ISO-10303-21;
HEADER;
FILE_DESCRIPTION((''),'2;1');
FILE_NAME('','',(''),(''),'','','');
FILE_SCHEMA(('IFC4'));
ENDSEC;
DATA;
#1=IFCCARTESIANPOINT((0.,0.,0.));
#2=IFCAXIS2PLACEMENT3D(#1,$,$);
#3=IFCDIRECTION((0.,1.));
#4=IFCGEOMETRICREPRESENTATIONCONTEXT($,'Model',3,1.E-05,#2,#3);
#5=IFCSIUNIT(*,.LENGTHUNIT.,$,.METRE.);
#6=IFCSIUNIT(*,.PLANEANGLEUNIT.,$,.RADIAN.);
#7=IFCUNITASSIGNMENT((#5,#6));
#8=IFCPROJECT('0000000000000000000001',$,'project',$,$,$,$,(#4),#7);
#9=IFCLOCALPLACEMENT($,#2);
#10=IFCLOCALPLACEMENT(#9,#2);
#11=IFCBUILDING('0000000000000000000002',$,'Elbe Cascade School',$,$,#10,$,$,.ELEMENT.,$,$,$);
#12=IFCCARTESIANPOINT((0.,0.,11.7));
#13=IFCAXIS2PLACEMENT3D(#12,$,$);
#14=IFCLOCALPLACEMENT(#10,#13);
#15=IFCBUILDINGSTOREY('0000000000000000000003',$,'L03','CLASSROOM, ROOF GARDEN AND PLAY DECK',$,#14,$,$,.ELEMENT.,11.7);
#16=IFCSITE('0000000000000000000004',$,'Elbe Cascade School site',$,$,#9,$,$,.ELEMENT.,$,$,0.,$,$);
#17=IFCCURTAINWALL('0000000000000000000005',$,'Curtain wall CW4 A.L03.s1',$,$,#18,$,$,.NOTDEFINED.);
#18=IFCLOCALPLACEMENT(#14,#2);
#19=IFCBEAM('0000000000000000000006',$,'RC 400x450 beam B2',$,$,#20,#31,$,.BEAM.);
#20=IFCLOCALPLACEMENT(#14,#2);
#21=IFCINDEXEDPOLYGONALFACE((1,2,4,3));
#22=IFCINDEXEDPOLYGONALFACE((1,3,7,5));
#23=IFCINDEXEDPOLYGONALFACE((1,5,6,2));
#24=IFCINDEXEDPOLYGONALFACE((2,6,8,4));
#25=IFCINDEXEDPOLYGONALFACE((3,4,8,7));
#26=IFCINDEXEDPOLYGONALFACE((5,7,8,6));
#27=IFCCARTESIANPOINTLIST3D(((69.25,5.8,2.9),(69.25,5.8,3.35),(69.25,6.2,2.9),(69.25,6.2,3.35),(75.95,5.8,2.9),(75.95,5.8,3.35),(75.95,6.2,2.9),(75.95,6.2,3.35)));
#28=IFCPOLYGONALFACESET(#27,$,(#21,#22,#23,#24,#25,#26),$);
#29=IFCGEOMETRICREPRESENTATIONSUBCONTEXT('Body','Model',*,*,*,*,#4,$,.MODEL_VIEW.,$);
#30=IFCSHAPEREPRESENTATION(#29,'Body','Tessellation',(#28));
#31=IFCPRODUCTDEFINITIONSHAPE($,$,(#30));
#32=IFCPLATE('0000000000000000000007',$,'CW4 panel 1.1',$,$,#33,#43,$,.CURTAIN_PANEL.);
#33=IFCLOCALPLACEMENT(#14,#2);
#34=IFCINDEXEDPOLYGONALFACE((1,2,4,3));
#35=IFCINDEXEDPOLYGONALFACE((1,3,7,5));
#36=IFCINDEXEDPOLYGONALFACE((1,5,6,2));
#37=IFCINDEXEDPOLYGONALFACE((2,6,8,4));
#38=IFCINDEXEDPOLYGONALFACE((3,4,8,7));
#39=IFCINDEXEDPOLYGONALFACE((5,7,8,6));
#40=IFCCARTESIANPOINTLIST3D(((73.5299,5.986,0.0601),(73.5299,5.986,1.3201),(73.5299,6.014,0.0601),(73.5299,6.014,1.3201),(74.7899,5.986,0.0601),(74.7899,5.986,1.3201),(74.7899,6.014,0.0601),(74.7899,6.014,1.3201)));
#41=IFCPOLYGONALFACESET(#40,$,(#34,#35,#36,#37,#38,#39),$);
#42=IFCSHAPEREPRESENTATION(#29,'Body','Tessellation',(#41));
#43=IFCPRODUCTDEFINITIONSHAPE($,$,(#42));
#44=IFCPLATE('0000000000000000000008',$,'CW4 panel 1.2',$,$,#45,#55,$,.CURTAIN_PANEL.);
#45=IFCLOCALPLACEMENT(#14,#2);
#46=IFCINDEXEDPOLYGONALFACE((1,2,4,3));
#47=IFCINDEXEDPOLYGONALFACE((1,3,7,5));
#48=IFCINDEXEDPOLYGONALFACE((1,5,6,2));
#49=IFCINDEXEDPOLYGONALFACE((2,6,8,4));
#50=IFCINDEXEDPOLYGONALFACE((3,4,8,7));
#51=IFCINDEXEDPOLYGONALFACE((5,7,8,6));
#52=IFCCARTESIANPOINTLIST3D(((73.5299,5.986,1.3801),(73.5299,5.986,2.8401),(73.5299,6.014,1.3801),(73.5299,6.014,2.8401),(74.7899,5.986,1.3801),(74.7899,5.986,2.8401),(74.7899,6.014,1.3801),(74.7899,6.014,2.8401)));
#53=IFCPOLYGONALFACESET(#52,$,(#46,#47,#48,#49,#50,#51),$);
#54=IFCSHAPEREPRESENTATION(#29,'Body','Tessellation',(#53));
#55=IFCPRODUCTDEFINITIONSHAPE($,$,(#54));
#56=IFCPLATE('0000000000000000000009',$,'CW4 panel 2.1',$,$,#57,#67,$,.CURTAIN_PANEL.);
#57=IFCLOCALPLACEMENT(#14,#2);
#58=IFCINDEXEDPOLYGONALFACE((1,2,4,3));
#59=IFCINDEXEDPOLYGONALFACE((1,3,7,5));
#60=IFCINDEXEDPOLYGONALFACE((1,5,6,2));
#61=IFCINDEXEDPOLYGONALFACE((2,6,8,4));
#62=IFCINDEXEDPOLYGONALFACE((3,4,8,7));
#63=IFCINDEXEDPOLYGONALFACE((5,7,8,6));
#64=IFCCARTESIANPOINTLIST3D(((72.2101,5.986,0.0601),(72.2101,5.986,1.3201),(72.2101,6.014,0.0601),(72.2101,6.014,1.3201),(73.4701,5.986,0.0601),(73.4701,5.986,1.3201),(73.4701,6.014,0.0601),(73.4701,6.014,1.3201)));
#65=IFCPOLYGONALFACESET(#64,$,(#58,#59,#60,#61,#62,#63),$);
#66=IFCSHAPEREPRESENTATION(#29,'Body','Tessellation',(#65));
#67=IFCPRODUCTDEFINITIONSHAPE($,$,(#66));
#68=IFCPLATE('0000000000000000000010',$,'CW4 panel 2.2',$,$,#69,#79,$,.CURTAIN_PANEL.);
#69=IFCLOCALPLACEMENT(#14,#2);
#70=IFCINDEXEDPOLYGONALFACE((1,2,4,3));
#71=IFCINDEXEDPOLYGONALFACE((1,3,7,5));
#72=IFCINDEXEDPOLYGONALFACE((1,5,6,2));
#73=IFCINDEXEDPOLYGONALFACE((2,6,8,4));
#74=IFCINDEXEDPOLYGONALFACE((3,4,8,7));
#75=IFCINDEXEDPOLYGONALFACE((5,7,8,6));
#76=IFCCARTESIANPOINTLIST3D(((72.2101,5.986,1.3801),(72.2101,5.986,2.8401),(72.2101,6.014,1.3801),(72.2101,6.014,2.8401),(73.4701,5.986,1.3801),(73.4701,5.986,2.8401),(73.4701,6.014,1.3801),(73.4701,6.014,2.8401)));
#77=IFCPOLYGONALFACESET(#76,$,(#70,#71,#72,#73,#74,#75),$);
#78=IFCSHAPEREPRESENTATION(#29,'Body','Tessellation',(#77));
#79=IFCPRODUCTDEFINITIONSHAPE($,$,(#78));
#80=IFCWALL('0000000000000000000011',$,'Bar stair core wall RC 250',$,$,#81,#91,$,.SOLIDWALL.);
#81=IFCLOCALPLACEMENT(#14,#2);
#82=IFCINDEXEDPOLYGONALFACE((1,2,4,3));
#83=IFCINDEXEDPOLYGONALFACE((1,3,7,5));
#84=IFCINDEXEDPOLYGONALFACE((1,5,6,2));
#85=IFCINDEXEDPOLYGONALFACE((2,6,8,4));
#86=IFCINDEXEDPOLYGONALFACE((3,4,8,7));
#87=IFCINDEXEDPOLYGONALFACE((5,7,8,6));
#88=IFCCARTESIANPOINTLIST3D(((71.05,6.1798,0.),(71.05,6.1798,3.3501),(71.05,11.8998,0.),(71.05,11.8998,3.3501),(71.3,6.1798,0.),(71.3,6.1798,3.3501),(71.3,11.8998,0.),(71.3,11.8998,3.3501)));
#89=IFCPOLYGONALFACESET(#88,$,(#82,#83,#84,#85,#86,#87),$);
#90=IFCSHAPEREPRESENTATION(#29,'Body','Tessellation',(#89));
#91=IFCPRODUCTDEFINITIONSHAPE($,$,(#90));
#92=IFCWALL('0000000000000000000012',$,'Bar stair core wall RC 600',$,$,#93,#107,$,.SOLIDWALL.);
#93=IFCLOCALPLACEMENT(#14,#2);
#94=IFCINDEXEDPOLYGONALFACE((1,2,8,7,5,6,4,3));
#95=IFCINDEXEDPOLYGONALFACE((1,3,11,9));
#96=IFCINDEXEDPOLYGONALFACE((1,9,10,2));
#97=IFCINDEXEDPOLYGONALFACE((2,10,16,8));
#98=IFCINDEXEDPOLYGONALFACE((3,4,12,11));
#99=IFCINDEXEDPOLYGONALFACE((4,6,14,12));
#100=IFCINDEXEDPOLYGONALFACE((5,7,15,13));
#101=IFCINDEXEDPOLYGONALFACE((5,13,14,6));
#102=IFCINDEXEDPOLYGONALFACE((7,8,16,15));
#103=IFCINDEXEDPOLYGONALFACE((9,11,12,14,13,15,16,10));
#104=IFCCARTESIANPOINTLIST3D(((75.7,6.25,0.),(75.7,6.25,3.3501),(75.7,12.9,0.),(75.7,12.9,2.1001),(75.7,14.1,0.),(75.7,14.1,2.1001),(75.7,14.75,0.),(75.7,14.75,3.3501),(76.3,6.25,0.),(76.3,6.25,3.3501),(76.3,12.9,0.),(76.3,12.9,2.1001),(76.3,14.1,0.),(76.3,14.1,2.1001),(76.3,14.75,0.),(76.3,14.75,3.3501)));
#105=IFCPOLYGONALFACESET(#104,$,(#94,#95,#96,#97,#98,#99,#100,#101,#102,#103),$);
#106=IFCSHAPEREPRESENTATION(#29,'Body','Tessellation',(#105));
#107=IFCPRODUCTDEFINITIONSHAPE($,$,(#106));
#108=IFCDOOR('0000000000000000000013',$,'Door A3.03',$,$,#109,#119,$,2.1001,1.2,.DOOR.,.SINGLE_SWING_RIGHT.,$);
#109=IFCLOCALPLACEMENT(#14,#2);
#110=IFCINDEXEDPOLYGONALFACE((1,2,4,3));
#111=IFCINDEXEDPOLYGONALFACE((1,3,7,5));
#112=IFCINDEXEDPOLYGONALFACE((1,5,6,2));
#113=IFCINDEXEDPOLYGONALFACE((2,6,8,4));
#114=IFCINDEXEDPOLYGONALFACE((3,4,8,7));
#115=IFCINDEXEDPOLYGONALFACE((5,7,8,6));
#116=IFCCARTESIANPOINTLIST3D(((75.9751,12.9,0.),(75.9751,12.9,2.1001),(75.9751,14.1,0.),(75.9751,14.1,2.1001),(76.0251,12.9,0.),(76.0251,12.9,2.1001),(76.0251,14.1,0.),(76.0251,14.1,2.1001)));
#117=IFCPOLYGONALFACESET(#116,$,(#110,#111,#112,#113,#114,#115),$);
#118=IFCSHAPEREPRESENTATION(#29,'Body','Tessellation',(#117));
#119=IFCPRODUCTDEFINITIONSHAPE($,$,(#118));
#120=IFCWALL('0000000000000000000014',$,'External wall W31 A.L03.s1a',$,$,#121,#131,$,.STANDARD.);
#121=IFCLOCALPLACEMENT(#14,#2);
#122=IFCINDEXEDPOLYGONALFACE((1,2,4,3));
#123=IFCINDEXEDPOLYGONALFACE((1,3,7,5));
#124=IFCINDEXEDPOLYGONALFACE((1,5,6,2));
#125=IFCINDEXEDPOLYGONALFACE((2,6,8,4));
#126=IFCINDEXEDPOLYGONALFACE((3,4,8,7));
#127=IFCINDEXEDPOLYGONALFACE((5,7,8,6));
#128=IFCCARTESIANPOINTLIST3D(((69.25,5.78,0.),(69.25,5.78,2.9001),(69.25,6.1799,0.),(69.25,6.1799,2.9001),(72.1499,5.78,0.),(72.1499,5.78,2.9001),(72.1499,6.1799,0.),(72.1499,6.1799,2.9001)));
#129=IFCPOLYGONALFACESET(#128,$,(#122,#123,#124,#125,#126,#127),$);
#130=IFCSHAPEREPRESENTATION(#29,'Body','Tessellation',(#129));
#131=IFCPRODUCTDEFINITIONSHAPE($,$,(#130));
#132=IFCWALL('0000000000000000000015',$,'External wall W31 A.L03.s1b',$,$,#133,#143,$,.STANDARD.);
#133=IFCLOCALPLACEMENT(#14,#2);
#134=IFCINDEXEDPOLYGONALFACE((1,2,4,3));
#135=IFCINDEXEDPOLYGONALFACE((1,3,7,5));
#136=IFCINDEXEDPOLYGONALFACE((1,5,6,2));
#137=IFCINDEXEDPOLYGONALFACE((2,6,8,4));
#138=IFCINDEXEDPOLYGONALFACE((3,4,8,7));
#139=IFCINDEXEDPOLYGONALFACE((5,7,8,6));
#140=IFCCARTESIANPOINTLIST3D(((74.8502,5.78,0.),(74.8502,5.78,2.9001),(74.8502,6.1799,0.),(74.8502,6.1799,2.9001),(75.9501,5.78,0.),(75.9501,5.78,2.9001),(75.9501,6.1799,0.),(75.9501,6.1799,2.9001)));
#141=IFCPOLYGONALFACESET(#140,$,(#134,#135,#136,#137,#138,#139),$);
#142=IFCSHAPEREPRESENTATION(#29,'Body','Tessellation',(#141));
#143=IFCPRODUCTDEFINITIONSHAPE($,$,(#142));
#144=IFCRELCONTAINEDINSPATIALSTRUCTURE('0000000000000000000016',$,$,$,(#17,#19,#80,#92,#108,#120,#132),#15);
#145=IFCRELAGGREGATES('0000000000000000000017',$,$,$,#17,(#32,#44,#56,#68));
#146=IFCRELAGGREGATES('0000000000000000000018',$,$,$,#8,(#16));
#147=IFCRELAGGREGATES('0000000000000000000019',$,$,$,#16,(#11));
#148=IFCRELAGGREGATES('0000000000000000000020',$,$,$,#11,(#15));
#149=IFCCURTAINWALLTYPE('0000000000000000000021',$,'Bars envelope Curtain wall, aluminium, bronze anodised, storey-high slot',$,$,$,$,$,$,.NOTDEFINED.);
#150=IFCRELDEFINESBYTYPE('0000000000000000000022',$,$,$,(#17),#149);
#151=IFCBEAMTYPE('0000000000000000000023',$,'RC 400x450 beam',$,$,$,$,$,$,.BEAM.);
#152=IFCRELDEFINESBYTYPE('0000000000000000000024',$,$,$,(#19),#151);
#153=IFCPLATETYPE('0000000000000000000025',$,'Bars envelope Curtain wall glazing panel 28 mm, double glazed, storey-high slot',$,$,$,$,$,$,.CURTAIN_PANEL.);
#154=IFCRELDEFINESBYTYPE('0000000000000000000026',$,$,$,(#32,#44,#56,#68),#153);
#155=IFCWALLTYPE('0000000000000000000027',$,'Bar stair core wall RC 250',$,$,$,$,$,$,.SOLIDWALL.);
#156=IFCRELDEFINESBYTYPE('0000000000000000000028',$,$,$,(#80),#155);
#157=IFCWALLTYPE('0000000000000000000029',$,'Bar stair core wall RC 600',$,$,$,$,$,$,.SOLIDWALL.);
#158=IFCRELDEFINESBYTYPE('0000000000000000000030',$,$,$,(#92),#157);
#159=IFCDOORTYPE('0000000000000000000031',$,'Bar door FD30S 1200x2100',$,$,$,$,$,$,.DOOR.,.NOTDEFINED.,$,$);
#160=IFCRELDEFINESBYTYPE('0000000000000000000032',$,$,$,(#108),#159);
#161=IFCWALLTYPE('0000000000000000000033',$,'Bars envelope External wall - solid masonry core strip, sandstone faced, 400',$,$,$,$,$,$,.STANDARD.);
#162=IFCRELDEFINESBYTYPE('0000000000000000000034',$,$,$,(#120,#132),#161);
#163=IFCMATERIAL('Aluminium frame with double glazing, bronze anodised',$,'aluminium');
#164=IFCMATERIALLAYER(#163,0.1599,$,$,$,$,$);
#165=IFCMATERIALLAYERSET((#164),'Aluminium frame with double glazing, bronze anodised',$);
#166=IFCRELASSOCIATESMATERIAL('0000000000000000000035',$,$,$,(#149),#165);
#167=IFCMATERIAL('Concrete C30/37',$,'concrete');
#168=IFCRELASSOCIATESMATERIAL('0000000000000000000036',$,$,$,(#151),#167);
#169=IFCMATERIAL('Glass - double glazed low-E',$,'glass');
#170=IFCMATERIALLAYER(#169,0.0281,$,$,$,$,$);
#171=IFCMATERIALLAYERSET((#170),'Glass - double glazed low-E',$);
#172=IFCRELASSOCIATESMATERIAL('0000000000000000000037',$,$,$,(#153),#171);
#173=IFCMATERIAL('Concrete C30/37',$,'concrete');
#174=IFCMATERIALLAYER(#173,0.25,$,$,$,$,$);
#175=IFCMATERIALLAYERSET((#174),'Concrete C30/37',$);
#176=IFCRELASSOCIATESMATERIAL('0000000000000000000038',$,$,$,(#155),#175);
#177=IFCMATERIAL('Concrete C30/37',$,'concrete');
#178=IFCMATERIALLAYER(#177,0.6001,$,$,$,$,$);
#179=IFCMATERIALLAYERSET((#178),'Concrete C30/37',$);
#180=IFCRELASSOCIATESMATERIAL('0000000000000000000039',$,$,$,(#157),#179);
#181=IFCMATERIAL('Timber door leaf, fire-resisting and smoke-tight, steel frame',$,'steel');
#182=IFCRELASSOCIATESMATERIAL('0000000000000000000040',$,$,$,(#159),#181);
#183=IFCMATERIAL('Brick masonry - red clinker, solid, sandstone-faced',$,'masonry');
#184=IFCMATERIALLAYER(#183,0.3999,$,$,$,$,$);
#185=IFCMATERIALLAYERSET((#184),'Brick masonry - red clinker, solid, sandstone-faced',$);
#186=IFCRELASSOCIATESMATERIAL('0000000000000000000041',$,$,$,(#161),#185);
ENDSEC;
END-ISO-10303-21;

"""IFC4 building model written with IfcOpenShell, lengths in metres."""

from ifc_helpers import new_model, si_unit, direction, frame, frame_2d, origin, origin_2d, place, context, subcontext, project, spatial, rectangle, extrude, material, layer, layer_set, material_profile, profile_set, type_object, element, fill, aggregate, save


model = new_model("IFC4")

# Units and contexts
model_context = context("Model", 3, precision=1e-05, world=origin(), true_north=direction((0.0, 1.0)))
body_context = subcontext(model_context, "Body", "Model", "MODEL_VIEW")
ifc_project = project(units=[si_unit("LENGTHUNIT", "METRE"), si_unit("PLANEANGLEUNIT", "RADIAN")], contexts=[model_context])

# Site, building, storey
site_placement = place(None, origin())
site = spatial("IfcSite", under=ifc_project, at=site_placement, Name="Elbe Cascade School site", CompositionType="ELEMENT", RefElevation=0.0)
building_placement = place(site_placement, origin())
building = spatial("IfcBuilding", under=site, at=building_placement, Name="Elbe Cascade School", CompositionType="ELEMENT")
storey_placement = place(building_placement, frame((0.0, 0.0, 11.7)))
storey = spatial("IfcBuildingStorey", under=building, at=storey_placement, Name="L03", Description="CLASSROOM, ROOF GARDEN AND PLAY DECK", CompositionType="ELEMENT", Elevation=11.7)

# Shared definitions
ifc_material_1 = material(Name="Aluminium frame with double glazing, bronze anodised", Category="aluminium")
ifc_layer_1 = layer(ifc_material_1, 0.1599)
ifc_layer_set_1 = layer_set([ifc_layer_1], Name="Aluminium frame with double glazing, bronze anodised")
curtain_wall_type = type_object("IfcCurtainWallType", Name="Bars envelope Curtain wall, aluminium, bronze anodised, storey-high slot", PredefinedType="NOTDEFINED", material=ifc_layer_set_1)

# Curtain wall
curtain_wall_1_placement = place(storey_placement, origin())
curtain_wall_1 = element("IfcCurtainWall", 1, at=curtain_wall_1_placement, inside=storey, type_object=curtain_wall_type, Name="Curtain wall CW4 A.L03.s1", PredefinedType="NOTDEFINED")

# Beam
ifc_material_2 = material(Name="Concrete C30/37", Category="concrete")
ifc_material_profile_1 = material_profile(ifc_material_2, rectangle(XDim=0.3999, YDim=0.45, at=origin_2d()), Name="RC 400x450")
ifc_profile_set_1 = profile_set([ifc_material_profile_1], Name="Concrete C30/37")
beam_type_1 = type_object("IfcBeamType", Name="RC 400x450 beam", PredefinedType="BEAM", material=ifc_profile_set_1)
beam_1_placement = place(storey_placement, frame((69.25, 6.0, 3.125), z_axis=(1.0, 0.0, 0.0), x_axis=(0.0, 1.0, 0.0)))
element("IfcBeam", 2, at=beam_1_placement, inside=storey, type_object=beam_type_1, Name="RC 400x450 beam B2", PredefinedType="BEAM", context=body_context, shape_type="SweptSolid", body=[
    extrude(rectangle(XDim=0.3999, YDim=0.45, at=origin_2d()), origin(), (0.0, 0.0, 1.0), 6.7),
])

# Plates
ifc_material_3 = material(Name="Glass - double glazed low-E", Category="glass")
ifc_layer_2 = layer(ifc_material_3, 0.0281)
ifc_layer_set_2 = layer_set([ifc_layer_2], Name="Glass - double glazed low-E")
plate_type = type_object("IfcPlateType", Name="Bars envelope Curtain wall glazing panel 28 mm, double glazed, storey-high slot", PredefinedType="CURTAIN_PANEL", material=ifc_layer_set_2)
plate_1_placement = place(storey_placement, frame((74.1599, 6.0, 0.0601), z_axis=(0.0, 0.0, 1.0), x_axis=(-1.0, 0.0, 0.0)))
plate_1 = element("IfcPlate", 3, at=plate_1_placement, type_object=plate_type, Name="CW4 panel 1.1", PredefinedType="CURTAIN_PANEL", context=body_context, shape_type="SweptSolid", body=[
    extrude(rectangle(XDim=1.26, YDim=0.0281, at=origin_2d()), origin(), (0.0, 0.0, 1.0), 1.26),
])
plate_2_placement = place(storey_placement, frame((74.1599, 6.0, 1.3801), z_axis=(0.0, 0.0, 1.0), x_axis=(-1.0, 0.0, 0.0)))
plate_2 = element("IfcPlate", 4, at=plate_2_placement, type_object=plate_type, Name="CW4 panel 1.2", PredefinedType="CURTAIN_PANEL", context=body_context, shape_type="SweptSolid", body=[
    extrude(rectangle(XDim=1.26, YDim=0.0281, at=origin_2d()), origin(), (0.0, 0.0, 1.0), 1.46),
])
plate_3_placement = place(storey_placement, frame((72.8401, 6.0, 0.0601), z_axis=(0.0, 0.0, 1.0), x_axis=(-1.0, 0.0, 0.0)))
plate_3 = element("IfcPlate", 5, at=plate_3_placement, type_object=plate_type, Name="CW4 panel 2.1", PredefinedType="CURTAIN_PANEL", context=body_context, shape_type="SweptSolid", body=[
    extrude(rectangle(XDim=1.26, YDim=0.0281, at=origin_2d()), origin(), (0.0, 0.0, 1.0), 1.26),
])
plate_4_placement = place(storey_placement, frame((72.8401, 6.0, 1.3801), z_axis=(0.0, 0.0, 1.0), x_axis=(-1.0, 0.0, 0.0)))
plate_4 = element("IfcPlate", 6, at=plate_4_placement, type_object=plate_type, Name="CW4 panel 2.2", PredefinedType="CURTAIN_PANEL", context=body_context, shape_type="SweptSolid", body=[
    extrude(rectangle(XDim=1.26, YDim=0.0281, at=origin_2d()), origin(), (0.0, 0.0, 1.0), 1.46),
])
aggregate(curtain_wall_1, [plate_1, plate_2, plate_3, plate_4])

# Wall
ifc_material_4 = material(Name="Concrete C30/37", Category="concrete")
ifc_layer_3 = layer(ifc_material_4, 0.25)
ifc_layer_set_3 = layer_set([ifc_layer_3], Name="Concrete C30/37")
wall_type_1 = type_object("IfcWallType", Name="Bar stair core wall RC 250", PredefinedType="SOLIDWALL", material=ifc_layer_set_3)
wall_1_placement = place(storey_placement, frame((71.175, 6.1799, 0.0), z_axis=(0.0, 0.0, 1.0), x_axis=(0.0, 1.0, 0.0)))
element("IfcWall", 7, at=wall_1_placement, inside=storey, type_object=wall_type_1, Name="Bar stair core wall RC 250", PredefinedType="SOLIDWALL", context=body_context, shape_type="SweptSolid", body=[
    extrude(rectangle(XDim=5.72, YDim=0.25, at=frame_2d((2.8599, 0.0))), origin(), (0.0, 0.0, 1.0), 3.3501),
])

# Wall, opening, door
ifc_material_5 = material(Name="Concrete C30/37", Category="concrete")
ifc_layer_4 = layer(ifc_material_5, 0.6001)
ifc_layer_set_4 = layer_set([ifc_layer_4], Name="Concrete C30/37")
wall_type_2 = type_object("IfcWallType", Name="Bar stair core wall RC 600", PredefinedType="SOLIDWALL", material=ifc_layer_set_4)
wall_2_placement = place(storey_placement, frame((76.0, 6.25, 0.0), z_axis=(0.0, 0.0, 1.0), x_axis=(0.0, 1.0, 0.0)))
wall_2 = element("IfcWall", 8, at=wall_2_placement, inside=storey, type_object=wall_type_2, Name="Bar stair core wall RC 600", PredefinedType="SOLIDWALL", context=body_context, shape_type="SweptSolid", body=[
    extrude(rectangle(XDim=8.5, YDim=0.6001, at=frame_2d((4.25, 0.0))), origin(), (0.0, 0.0, 1.0), 3.3501),
])
opening_placement = place(wall_2_placement, frame((6.6499, 0.0, 0.0)))
opening = element("IfcOpeningElement", 9, at=opening_placement, cuts=wall_2, PredefinedType="OPENING", context=body_context, shape_type="SweptSolid", body=[
    extrude(rectangle(XDim=1.2, YDim=2.1001, at=frame_2d((0.6001, 1.05))), frame((0.0, 0.3101, 0.0), z_axis=(0.0, -1.0, 0.0), x_axis=(1.0, 0.0, 0.0)), (0.0, 0.0, 1.0), 0.6201),
])
ifc_material_6 = material(Name="Timber door leaf, fire-resisting and smoke-tight, steel frame", Category="steel")
door_type = type_object("IfcDoorType", Name="Bar door FD30S 1200x2100", OperationType="NOTDEFINED", PredefinedType="DOOR", material=ifc_material_6)
door_placement = place(opening_placement, origin())
door = element("IfcDoor", 10, at=door_placement, inside=storey, type_object=door_type, Name="Door A3.03", OperationType="SINGLE_SWING_RIGHT", OverallHeight=2.1001, OverallWidth=1.2, PredefinedType="DOOR", context=body_context, shape_type="SweptSolid", body=[
    extrude(rectangle(XDim=1.2, YDim=2.1001, at=frame_2d((0.6001, 1.05))), frame((0.0, 0.0249, 0.0), z_axis=(0.0, -1.0, 0.0), x_axis=(1.0, 0.0, 0.0)), (0.0, 0.0, 1.0), 0.05),
])
fill(opening, door)

# Walls
ifc_material_7 = material(Name="Brick masonry - red clinker, solid, sandstone-faced", Category="masonry")
ifc_layer_5 = layer(ifc_material_7, 0.3999)
ifc_layer_set_5 = layer_set([ifc_layer_5], Name="Brick masonry - red clinker, solid, sandstone-faced")
wall_type_3 = type_object("IfcWallType", Name="Bars envelope External wall - solid masonry core strip, sandstone faced, 400", PredefinedType="STANDARD", material=ifc_layer_set_5)
wall_3_placement = place(storey_placement, frame((72.1499, 5.98, 0.0), z_axis=(0.0, 0.0, 1.0), x_axis=(-1.0, 0.0, 0.0)))
element("IfcWall", 11, at=wall_3_placement, inside=storey, type_object=wall_type_3, Name="External wall W31 A.L03.s1a", PredefinedType="STANDARD", context=body_context, shape_type="SweptSolid", body=[
    extrude(rectangle(XDim=2.8999, YDim=0.3999, at=frame_2d((1.45, 0.0))), origin(), (0.0, 0.0, 1.0), 2.9001),
])
wall_4_placement = place(storey_placement, frame((75.95, 5.98, 0.0), z_axis=(0.0, 0.0, 1.0), x_axis=(-1.0, 0.0, 0.0)))
element("IfcWall", 12, at=wall_4_placement, inside=storey, type_object=wall_type_3, Name="External wall W31 A.L03.s1b", PredefinedType="STANDARD", context=body_context, shape_type="SweptSolid", body=[
    extrude(rectangle(XDim=1.0999, YDim=0.3999, at=frame_2d((0.5498, 0.0))), origin(), (0.0, 0.0, 1.0), 2.9001),
])

save(model, "model.ifc")
